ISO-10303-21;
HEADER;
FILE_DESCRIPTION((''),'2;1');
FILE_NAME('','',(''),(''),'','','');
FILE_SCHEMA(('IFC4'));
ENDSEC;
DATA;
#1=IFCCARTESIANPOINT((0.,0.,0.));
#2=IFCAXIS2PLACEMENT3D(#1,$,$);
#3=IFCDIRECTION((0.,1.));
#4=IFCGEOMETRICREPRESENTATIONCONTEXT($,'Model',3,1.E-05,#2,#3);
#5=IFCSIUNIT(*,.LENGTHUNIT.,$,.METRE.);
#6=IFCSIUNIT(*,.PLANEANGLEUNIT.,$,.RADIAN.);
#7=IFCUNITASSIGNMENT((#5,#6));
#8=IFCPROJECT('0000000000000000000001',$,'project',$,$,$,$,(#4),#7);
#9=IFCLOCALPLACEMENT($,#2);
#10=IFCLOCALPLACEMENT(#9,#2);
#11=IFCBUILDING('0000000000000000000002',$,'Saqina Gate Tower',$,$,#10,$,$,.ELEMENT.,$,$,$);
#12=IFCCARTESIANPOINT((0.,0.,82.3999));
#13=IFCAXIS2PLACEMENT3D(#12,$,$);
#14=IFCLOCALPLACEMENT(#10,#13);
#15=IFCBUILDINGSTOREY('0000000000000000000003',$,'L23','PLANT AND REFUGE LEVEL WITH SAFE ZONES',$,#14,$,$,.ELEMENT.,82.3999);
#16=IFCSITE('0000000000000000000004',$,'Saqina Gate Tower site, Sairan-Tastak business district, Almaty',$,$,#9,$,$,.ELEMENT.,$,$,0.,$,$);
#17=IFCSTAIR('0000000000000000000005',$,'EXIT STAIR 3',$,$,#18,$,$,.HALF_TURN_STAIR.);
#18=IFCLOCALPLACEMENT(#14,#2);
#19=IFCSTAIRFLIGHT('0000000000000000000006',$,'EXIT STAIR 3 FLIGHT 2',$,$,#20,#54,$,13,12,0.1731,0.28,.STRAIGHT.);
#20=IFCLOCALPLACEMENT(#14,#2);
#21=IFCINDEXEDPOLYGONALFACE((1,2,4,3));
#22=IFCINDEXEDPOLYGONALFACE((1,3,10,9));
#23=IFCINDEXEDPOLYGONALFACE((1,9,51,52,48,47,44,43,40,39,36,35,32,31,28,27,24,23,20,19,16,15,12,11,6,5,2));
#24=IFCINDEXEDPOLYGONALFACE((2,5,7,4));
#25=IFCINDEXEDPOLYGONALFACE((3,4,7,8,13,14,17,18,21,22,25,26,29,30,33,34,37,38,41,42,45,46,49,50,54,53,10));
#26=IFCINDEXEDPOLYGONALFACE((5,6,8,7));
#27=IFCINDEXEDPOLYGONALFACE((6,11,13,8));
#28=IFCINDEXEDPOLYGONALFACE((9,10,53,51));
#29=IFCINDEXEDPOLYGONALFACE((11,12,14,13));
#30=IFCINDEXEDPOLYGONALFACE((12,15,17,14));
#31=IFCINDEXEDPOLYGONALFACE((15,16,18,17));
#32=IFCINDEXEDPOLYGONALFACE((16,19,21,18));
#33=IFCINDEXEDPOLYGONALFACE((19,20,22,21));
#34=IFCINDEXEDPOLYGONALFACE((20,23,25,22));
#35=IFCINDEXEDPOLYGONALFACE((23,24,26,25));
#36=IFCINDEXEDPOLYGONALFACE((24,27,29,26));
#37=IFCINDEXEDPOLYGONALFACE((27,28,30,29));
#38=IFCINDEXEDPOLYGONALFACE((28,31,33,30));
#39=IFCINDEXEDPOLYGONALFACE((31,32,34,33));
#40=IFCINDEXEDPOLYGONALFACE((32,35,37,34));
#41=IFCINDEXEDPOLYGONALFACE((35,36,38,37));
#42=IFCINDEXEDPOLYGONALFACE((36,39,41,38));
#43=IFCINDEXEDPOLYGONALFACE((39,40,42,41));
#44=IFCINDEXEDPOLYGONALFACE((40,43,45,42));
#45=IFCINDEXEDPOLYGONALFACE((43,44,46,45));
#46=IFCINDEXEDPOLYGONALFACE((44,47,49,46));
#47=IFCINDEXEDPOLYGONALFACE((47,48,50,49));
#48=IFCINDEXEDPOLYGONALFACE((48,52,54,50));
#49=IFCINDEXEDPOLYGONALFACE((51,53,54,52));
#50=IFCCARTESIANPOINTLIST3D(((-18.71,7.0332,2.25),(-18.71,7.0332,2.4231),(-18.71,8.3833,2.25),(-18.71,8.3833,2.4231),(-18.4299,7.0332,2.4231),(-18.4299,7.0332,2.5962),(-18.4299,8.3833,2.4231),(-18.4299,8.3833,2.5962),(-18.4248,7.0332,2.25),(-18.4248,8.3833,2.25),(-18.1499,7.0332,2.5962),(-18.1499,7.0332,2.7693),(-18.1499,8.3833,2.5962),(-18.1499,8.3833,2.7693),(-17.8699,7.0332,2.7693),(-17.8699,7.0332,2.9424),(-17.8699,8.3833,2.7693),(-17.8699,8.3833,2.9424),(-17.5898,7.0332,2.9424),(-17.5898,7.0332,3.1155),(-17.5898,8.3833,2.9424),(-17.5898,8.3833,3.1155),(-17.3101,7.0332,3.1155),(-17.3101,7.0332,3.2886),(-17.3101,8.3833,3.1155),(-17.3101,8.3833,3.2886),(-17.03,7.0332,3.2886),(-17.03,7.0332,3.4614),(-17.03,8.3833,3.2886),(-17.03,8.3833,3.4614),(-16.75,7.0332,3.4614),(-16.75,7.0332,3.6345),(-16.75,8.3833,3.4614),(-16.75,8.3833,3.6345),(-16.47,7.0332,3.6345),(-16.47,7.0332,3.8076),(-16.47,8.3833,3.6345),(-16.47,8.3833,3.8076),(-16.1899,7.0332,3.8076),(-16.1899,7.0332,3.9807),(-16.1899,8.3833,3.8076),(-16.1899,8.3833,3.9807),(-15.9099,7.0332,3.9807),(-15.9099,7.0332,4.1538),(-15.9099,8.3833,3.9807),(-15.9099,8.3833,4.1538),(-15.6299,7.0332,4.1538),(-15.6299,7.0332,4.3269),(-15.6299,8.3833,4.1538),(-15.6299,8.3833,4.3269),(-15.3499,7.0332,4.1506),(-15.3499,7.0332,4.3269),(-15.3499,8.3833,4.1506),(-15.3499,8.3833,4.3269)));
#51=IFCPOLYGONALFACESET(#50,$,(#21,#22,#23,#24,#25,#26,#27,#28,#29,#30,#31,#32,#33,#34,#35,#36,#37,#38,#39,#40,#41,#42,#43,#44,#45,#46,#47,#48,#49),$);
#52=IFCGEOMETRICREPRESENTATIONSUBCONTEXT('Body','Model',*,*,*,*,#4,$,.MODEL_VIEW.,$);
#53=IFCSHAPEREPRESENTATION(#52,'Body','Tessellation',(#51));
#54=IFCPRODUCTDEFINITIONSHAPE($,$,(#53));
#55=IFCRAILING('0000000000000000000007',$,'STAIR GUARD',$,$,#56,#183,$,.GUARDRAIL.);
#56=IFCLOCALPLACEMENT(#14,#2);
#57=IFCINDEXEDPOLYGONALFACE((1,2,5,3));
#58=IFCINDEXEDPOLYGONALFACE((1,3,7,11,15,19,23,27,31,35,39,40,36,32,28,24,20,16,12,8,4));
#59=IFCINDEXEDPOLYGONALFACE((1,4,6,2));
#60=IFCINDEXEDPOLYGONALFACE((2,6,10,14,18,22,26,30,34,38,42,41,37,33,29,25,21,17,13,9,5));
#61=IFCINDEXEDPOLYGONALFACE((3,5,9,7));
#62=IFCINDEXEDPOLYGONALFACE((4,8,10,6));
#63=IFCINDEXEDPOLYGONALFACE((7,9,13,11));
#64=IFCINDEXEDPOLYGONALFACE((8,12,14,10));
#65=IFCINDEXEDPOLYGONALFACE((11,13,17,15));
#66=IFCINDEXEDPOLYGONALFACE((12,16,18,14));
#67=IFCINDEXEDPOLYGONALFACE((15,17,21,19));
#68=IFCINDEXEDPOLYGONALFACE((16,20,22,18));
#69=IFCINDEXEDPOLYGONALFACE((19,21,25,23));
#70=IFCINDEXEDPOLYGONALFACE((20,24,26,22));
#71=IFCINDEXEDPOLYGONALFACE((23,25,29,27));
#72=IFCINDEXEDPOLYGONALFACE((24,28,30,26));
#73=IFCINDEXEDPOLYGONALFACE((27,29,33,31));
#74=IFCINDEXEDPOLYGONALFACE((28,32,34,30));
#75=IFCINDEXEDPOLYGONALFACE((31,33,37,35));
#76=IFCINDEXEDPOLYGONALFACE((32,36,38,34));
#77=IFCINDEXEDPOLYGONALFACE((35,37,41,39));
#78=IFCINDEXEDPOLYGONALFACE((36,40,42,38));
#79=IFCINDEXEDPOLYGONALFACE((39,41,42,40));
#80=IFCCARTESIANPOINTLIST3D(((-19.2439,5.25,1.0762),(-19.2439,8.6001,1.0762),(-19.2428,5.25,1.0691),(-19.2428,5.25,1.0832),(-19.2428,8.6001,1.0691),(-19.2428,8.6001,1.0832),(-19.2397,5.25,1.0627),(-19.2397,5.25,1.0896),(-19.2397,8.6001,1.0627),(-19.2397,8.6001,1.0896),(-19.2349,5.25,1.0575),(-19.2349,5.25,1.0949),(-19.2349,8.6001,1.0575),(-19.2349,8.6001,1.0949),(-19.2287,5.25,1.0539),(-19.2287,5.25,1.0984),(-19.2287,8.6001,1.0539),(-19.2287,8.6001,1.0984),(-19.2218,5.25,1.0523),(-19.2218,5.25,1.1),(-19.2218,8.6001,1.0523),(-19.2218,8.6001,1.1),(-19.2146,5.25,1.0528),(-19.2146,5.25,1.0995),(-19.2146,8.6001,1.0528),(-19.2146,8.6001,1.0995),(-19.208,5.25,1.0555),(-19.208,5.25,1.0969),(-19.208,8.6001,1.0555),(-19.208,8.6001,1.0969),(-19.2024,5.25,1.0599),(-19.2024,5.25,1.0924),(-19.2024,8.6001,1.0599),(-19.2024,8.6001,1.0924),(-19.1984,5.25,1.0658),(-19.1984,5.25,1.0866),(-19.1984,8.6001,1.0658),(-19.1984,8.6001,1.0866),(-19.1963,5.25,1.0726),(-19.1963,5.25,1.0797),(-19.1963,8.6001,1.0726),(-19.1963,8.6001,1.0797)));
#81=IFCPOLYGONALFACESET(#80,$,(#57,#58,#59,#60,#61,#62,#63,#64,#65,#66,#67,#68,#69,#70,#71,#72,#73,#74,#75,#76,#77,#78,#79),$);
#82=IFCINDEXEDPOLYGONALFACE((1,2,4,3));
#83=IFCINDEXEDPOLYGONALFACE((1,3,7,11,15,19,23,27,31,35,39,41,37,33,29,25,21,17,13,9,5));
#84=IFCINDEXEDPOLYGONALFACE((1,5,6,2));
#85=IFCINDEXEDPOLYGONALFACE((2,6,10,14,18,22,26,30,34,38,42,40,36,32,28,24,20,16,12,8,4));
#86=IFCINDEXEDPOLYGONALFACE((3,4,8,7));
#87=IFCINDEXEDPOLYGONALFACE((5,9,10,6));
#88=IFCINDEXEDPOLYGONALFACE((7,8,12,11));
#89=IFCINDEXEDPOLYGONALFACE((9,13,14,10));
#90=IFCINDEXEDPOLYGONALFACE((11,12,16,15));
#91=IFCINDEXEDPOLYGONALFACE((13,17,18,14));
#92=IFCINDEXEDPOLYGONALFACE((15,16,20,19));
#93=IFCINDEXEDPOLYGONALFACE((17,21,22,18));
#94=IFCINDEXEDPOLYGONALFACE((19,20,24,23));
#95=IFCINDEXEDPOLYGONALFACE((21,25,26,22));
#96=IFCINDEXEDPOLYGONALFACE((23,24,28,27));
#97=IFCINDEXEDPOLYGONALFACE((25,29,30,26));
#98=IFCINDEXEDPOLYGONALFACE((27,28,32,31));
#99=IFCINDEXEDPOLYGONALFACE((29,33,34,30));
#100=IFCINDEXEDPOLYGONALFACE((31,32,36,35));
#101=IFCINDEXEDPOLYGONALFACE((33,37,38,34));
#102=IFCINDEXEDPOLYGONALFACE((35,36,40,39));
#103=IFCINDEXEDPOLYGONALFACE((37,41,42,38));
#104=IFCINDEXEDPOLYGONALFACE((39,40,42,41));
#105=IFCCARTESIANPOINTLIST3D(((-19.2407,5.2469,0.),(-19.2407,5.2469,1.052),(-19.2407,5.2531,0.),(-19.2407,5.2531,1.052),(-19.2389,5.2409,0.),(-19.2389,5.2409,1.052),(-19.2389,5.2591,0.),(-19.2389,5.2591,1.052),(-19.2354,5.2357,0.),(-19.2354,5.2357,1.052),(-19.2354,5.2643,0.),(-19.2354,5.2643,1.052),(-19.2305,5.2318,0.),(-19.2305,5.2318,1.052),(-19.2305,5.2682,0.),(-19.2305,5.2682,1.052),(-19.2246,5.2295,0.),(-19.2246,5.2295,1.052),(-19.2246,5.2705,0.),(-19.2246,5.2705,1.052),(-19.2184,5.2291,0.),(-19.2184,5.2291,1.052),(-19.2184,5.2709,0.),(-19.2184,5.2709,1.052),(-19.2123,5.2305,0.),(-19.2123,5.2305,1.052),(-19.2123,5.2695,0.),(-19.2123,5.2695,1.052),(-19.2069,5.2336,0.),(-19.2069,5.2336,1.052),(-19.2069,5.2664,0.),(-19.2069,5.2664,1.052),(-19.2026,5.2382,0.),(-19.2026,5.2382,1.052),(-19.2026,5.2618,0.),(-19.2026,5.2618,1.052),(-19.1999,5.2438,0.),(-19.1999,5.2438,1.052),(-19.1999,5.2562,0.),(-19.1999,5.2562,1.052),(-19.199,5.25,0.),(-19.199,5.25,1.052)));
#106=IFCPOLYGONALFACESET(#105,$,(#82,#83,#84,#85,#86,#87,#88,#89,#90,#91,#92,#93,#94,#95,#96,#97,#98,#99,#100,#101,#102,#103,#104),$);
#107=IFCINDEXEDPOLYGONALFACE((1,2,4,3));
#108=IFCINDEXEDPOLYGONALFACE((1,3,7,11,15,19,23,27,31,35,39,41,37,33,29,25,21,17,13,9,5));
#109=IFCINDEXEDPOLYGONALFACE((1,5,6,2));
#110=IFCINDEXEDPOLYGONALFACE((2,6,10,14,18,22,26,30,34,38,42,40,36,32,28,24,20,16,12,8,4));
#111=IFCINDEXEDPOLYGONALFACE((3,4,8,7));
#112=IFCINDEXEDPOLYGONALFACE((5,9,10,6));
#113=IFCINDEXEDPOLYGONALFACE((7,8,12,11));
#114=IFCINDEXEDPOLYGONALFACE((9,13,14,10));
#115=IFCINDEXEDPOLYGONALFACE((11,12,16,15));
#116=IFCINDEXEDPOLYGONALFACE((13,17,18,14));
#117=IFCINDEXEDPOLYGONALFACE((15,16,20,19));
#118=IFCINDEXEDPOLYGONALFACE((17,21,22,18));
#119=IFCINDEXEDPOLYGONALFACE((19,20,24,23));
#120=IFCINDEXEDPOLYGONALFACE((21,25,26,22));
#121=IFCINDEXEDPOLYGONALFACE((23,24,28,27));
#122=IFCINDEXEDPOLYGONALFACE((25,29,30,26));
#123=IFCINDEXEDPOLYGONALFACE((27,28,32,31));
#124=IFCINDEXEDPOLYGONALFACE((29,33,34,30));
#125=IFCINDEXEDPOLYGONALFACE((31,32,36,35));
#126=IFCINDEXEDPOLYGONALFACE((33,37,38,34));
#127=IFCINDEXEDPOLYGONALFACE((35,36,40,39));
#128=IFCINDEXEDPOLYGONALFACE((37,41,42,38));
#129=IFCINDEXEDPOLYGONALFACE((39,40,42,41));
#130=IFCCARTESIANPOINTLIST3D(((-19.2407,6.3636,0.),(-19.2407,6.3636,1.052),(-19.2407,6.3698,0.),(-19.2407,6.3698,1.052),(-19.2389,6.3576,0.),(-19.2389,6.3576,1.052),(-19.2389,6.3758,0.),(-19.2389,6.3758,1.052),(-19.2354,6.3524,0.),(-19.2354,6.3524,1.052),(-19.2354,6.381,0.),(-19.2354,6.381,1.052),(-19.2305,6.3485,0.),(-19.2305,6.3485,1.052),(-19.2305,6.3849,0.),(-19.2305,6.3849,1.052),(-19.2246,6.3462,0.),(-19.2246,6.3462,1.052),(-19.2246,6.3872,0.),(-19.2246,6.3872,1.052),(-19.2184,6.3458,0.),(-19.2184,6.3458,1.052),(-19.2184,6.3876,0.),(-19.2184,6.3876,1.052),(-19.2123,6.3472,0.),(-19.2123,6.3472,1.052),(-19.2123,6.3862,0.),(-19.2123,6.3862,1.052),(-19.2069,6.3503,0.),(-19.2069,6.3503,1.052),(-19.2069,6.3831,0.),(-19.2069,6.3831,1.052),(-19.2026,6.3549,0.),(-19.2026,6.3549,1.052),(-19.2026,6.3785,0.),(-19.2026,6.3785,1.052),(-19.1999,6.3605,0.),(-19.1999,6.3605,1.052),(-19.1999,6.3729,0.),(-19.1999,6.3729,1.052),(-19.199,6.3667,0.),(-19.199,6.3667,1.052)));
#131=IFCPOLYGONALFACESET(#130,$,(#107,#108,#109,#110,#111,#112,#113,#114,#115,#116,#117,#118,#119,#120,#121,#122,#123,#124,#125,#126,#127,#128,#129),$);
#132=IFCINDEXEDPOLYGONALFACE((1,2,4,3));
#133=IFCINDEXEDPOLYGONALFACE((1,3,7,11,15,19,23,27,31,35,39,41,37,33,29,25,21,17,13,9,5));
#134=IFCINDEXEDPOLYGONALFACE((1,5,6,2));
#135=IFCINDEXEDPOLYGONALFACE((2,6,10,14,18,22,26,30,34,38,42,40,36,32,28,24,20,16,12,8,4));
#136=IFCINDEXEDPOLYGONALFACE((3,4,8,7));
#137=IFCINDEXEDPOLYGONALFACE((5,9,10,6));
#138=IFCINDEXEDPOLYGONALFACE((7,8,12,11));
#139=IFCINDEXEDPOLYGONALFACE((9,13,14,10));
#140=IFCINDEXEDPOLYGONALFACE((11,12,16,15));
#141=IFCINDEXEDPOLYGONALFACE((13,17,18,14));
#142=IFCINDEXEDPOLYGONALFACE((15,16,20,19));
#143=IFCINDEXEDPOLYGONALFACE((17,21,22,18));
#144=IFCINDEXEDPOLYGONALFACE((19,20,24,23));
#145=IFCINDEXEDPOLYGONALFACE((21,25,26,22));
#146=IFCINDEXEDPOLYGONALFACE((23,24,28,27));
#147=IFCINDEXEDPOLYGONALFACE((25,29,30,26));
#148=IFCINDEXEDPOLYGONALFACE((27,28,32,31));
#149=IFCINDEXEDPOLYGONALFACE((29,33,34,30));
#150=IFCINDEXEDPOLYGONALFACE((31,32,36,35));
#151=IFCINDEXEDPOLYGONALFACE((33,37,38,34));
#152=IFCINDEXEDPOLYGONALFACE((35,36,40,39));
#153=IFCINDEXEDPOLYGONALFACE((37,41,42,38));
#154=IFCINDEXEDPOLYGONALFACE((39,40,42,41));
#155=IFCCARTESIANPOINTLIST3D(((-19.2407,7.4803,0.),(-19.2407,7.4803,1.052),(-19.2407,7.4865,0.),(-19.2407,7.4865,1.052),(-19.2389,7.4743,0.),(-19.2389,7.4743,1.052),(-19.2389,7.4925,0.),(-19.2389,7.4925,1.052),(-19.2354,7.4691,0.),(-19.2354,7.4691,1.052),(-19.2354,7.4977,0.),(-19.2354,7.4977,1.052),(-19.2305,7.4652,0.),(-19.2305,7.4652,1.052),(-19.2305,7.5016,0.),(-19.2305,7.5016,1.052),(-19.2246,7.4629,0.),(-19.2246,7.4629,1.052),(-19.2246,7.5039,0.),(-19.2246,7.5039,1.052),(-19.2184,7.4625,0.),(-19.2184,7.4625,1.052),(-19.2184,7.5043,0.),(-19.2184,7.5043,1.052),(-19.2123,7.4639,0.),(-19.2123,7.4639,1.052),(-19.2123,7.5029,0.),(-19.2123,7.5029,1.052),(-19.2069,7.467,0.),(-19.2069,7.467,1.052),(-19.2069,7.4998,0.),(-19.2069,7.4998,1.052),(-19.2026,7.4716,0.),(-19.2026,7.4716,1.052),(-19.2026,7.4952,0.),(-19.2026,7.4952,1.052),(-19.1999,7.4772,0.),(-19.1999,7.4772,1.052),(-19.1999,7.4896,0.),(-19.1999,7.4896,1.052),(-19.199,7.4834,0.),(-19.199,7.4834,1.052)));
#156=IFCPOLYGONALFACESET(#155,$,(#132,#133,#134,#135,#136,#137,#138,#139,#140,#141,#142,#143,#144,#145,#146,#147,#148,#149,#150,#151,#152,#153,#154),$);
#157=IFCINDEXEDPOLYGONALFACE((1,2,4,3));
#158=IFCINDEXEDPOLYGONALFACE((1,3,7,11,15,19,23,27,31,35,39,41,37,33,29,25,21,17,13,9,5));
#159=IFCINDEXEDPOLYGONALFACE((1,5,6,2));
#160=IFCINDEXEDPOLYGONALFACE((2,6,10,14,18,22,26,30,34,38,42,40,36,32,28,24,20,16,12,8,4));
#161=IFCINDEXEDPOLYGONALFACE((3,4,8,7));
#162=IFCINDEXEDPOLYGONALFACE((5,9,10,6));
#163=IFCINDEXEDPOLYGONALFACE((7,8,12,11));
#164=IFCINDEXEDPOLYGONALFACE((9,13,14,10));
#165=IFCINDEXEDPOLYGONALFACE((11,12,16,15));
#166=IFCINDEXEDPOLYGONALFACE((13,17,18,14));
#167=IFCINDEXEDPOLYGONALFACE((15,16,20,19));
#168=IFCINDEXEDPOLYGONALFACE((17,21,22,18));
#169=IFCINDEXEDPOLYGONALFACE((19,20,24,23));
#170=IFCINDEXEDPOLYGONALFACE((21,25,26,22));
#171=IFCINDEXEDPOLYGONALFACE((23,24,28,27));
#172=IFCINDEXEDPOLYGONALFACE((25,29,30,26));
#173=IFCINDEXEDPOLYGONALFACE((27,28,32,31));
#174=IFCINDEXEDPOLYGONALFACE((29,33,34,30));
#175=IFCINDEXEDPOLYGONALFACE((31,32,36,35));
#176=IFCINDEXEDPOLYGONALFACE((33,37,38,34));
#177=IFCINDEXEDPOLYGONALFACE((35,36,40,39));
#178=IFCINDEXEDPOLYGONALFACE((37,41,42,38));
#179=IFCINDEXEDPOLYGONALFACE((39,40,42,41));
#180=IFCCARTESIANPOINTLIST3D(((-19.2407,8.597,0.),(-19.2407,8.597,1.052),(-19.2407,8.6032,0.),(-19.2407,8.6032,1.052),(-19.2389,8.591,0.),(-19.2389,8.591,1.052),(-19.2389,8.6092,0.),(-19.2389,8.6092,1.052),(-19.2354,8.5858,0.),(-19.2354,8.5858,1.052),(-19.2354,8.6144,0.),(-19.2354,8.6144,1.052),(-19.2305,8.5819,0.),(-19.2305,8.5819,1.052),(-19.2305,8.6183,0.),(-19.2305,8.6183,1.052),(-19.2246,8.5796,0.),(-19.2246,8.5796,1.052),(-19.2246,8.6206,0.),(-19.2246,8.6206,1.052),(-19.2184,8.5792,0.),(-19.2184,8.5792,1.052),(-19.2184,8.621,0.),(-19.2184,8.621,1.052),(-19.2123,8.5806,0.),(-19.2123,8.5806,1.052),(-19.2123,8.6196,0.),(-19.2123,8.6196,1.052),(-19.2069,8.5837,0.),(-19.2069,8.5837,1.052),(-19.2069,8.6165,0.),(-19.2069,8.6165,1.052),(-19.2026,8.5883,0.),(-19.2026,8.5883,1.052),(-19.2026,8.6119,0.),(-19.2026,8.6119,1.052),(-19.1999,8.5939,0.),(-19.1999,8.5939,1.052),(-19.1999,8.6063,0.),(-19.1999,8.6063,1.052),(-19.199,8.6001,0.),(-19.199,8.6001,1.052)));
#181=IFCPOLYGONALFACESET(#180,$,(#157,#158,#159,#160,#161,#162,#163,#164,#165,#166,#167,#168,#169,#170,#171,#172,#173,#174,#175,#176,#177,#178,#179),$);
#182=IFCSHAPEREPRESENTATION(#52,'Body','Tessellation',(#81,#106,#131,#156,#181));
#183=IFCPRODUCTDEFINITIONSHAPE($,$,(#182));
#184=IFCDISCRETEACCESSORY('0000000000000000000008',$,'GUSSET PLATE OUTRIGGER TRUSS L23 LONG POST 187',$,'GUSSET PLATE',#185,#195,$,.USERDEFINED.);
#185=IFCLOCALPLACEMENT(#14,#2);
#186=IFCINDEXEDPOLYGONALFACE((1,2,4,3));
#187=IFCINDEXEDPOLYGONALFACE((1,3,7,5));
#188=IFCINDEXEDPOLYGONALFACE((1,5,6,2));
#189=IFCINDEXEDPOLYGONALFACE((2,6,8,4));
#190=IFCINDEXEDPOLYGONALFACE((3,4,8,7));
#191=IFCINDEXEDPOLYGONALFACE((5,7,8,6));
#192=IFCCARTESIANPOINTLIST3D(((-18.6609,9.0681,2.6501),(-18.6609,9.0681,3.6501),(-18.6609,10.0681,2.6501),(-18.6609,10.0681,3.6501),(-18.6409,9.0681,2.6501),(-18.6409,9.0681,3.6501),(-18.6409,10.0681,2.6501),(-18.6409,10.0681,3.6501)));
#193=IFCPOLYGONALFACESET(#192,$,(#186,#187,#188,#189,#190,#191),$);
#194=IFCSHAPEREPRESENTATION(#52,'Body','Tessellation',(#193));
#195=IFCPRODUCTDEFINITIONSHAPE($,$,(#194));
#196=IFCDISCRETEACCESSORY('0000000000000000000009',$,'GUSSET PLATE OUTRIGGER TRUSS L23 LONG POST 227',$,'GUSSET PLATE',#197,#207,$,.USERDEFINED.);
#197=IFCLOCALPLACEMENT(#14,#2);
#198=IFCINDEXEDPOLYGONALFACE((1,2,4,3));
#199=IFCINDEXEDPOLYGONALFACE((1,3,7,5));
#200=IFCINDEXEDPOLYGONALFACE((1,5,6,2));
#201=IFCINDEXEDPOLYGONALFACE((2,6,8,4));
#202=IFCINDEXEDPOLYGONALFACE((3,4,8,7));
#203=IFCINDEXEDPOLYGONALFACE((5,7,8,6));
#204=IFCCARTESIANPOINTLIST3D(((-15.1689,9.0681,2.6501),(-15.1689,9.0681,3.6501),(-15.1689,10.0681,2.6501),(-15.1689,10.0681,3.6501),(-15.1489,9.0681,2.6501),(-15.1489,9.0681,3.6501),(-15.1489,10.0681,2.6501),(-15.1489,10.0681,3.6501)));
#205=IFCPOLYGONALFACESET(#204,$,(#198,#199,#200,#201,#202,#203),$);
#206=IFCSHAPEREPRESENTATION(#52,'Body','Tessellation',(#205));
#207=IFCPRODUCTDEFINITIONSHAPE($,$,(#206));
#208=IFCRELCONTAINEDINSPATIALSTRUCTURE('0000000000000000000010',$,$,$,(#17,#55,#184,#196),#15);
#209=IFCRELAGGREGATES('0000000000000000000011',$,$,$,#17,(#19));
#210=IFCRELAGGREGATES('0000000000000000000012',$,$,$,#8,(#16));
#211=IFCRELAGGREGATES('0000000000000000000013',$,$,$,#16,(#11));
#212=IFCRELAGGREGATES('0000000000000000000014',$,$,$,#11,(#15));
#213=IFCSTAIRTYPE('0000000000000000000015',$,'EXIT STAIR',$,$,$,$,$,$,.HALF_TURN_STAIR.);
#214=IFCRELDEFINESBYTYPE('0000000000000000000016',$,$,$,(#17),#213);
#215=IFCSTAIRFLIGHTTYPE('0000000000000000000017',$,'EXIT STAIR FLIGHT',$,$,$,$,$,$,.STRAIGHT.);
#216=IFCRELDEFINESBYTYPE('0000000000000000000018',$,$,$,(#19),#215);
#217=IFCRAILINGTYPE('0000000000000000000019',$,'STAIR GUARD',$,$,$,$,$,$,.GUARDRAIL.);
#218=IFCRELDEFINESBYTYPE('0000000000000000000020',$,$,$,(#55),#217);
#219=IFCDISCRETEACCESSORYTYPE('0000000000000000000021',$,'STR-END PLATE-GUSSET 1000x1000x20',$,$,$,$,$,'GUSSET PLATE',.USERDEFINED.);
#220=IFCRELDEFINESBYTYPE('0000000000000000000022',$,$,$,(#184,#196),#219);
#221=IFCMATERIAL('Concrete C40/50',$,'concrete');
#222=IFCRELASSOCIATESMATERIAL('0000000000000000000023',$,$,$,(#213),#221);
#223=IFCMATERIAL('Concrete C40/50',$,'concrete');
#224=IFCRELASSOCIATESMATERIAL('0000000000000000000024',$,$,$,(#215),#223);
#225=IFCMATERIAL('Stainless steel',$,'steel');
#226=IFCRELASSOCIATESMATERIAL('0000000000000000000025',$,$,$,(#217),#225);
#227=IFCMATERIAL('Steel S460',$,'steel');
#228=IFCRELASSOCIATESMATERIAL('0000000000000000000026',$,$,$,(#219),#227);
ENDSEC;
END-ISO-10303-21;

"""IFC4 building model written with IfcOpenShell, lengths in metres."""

from ifc_helpers import new_model, si_unit, direction, frame, origin, origin_2d, place, context, subcontext, project, spatial, polyline, rectangle, circle, outline, extrude, material, material_profile, profile_set, type_object, element, aggregate, save


model = new_model("IFC4")

# Units and contexts
model_context = context("Model", 3, precision=1e-05, world=origin(), true_north=direction((0.0, 1.0)))
body_context = subcontext(model_context, "Body", "Model", "MODEL_VIEW")
ifc_project = project(units=[si_unit("LENGTHUNIT", "METRE"), si_unit("PLANEANGLEUNIT", "RADIAN")], contexts=[model_context])

# Site, building, storey
site_placement = place(None, origin())
site = spatial("IfcSite", under=ifc_project, at=site_placement, Name="Saqina Gate Tower site, Sairan-Tastak business district, Almaty", CompositionType="ELEMENT", RefElevation=0.0)
building_placement = place(site_placement, origin())
building = spatial("IfcBuilding", under=site, at=building_placement, Name="Saqina Gate Tower", CompositionType="ELEMENT")
storey_placement = place(building_placement, frame((0.0, 0.0, 82.3999)))
storey = spatial("IfcBuildingStorey", under=building, at=storey_placement, Name="L23", Description="PLANT AND REFUGE LEVEL WITH SAFE ZONES", CompositionType="ELEMENT", Elevation=82.3999)

# Stair, stair flight
ifc_material_1 = material(Name="Concrete C40/50", Category="concrete")
stair_type = type_object("IfcStairType", Name="EXIT STAIR", PredefinedType="HALF_TURN_STAIR", material=ifc_material_1)
stair_placement = place(storey_placement, origin())
stair = element("IfcStair", 1, at=stair_placement, inside=storey, type_object=stair_type, Name="EXIT STAIR 3", PredefinedType="HALF_TURN_STAIR")
ifc_material_2 = material(Name="Concrete C40/50", Category="concrete")
stair_flight_type = type_object("IfcStairFlightType", Name="EXIT STAIR FLIGHT", PredefinedType="STRAIGHT", material=ifc_material_2)
stair_flight_1_placement = place(storey_placement, frame((-18.71, 7.7083, 2.25), z_axis=(0.0, 0.0, 1.0), x_axis=(1.0, 0.0, 0.0)))
stair_flight_1 = element("IfcStairFlight", 2, at=stair_flight_1_placement, type_object=stair_flight_type, Name="EXIT STAIR 3 FLIGHT 2", NumberOfRisers=13, NumberOfTreads=12, PredefinedType="STRAIGHT", RiserHeight=0.1731, TreadLength=0.28, context=body_context, shape_type="SweptSolid", body=[
    extrude(outline(polyline([(0.0, 0.0), (0.0, 0.1731), (0.28, 0.1731), (0.28, 0.3462), (0.5601, 0.3462), (0.5601, 0.5193), (0.8401, 0.5193), (0.8401, 0.6924), (1.1201, 0.6924), (1.1201, 0.8655), (1.3999, 0.8655), (1.3999, 1.0386), (1.6799, 1.0386), (1.6799, 1.2114), (1.96, 1.2114), (1.96, 1.3845), (2.24, 1.3845), (2.24, 1.5576), (2.52, 1.5576), (2.52, 1.7307), (2.8, 1.7307), (2.8, 1.9038), (3.0801, 1.9038), (3.0801, 2.0769), (3.3601, 2.0769), (3.3601, 2.25), (3.3601, 1.9006), (0.2852, 0.0), (0.0, 0.0)])), frame((0.0, 0.675, 0.0), z_axis=(0.0, -1.0, 0.0), x_axis=(1.0, 0.0, 0.0)), (0.0, 0.0, 1.0), 1.3501),
])
aggregate(stair, [stair_flight_1])

# Railing
ifc_material_3 = material(Name="Stainless steel", Category="steel")
railing_type_1 = type_object("IfcRailingType", Name="STAIR GUARD", PredefinedType="GUARDRAIL", material=ifc_material_3)
railing_1_placement = place(storey_placement, frame((-19.22, 5.25, 0.0)))
element("IfcRailing", 3, at=railing_1_placement, inside=storey, type_object=railing_type_1, Name="STAIR GUARD", PredefinedType="GUARDRAIL", context=body_context, shape_type="SweptSolid", body=[
    extrude(circle(Radius=0.0239, at=origin_2d()), frame((0.0, 0.0, 1.0762), z_axis=(0.0, 1.0, 0.0), x_axis=(-1.0, 0.0, 0.0)), (0.0, 0.0, 1.0), 3.3501),
    extrude(circle(Radius=0.021, at=origin_2d()), origin(), (0.0, 0.0, 1.0), 1.052),
    extrude(circle(Radius=0.021, at=origin_2d()), frame((0.0, 1.1167, 0.0)), (0.0, 0.0, 1.0), 1.052),
    extrude(circle(Radius=0.021, at=origin_2d()), frame((0.0, 2.2334, 0.0)), (0.0, 0.0, 1.0), 1.052),
    extrude(circle(Radius=0.021, at=origin_2d()), frame((0.0, 3.3501, 0.0)), (0.0, 0.0, 1.0), 1.052),
])

# Discrete accessories
ifc_material_4 = material(Name="Steel S460", Category="steel")
ifc_material_profile_1 = material_profile(ifc_material_4, rectangle(XDim=1.0, YDim=1.0, at=origin_2d()), Name="STR-END PLATE-GUSSET 1000x1000x20")
ifc_profile_set_1 = profile_set([ifc_material_profile_1], Name="Steel S460")
discrete_accessory_type = type_object("IfcDiscreteAccessoryType", Name="STR-END PLATE-GUSSET 1000x1000x20", ElementType="GUSSET PLATE", PredefinedType="USERDEFINED", material=ifc_profile_set_1)
for number, where, z_axis, x_axis, name in (
    (4, (-18.6409, 9.5681, 3.1501), (-1.0, 0.0, 0.0), (0.0, -1.0, 0.0), "GUSSET PLATE OUTRIGGER TRUSS L23 LONG POST 187"),
    (5, (-15.1489, 9.5681, 3.1501), (-1.0, 0.0, 0.0), (0.0, -1.0, 0.0), "GUSSET PLATE OUTRIGGER TRUSS L23 LONG POST 227"),
):
    element("IfcDiscreteAccessory", number, at=place(storey_placement, frame(where, z_axis=z_axis, x_axis=x_axis)), inside=storey, type_object=discrete_accessory_type, Name=name, ObjectType="GUSSET PLATE", PredefinedType="USERDEFINED", context=body_context, shape_type="SweptSolid", body=[
        extrude(rectangle(XDim=1.0, YDim=1.0, at=origin_2d()), origin(), (0.0, 0.0, 1.0), 0.02),
    ])

save(model, "model.ifc")
